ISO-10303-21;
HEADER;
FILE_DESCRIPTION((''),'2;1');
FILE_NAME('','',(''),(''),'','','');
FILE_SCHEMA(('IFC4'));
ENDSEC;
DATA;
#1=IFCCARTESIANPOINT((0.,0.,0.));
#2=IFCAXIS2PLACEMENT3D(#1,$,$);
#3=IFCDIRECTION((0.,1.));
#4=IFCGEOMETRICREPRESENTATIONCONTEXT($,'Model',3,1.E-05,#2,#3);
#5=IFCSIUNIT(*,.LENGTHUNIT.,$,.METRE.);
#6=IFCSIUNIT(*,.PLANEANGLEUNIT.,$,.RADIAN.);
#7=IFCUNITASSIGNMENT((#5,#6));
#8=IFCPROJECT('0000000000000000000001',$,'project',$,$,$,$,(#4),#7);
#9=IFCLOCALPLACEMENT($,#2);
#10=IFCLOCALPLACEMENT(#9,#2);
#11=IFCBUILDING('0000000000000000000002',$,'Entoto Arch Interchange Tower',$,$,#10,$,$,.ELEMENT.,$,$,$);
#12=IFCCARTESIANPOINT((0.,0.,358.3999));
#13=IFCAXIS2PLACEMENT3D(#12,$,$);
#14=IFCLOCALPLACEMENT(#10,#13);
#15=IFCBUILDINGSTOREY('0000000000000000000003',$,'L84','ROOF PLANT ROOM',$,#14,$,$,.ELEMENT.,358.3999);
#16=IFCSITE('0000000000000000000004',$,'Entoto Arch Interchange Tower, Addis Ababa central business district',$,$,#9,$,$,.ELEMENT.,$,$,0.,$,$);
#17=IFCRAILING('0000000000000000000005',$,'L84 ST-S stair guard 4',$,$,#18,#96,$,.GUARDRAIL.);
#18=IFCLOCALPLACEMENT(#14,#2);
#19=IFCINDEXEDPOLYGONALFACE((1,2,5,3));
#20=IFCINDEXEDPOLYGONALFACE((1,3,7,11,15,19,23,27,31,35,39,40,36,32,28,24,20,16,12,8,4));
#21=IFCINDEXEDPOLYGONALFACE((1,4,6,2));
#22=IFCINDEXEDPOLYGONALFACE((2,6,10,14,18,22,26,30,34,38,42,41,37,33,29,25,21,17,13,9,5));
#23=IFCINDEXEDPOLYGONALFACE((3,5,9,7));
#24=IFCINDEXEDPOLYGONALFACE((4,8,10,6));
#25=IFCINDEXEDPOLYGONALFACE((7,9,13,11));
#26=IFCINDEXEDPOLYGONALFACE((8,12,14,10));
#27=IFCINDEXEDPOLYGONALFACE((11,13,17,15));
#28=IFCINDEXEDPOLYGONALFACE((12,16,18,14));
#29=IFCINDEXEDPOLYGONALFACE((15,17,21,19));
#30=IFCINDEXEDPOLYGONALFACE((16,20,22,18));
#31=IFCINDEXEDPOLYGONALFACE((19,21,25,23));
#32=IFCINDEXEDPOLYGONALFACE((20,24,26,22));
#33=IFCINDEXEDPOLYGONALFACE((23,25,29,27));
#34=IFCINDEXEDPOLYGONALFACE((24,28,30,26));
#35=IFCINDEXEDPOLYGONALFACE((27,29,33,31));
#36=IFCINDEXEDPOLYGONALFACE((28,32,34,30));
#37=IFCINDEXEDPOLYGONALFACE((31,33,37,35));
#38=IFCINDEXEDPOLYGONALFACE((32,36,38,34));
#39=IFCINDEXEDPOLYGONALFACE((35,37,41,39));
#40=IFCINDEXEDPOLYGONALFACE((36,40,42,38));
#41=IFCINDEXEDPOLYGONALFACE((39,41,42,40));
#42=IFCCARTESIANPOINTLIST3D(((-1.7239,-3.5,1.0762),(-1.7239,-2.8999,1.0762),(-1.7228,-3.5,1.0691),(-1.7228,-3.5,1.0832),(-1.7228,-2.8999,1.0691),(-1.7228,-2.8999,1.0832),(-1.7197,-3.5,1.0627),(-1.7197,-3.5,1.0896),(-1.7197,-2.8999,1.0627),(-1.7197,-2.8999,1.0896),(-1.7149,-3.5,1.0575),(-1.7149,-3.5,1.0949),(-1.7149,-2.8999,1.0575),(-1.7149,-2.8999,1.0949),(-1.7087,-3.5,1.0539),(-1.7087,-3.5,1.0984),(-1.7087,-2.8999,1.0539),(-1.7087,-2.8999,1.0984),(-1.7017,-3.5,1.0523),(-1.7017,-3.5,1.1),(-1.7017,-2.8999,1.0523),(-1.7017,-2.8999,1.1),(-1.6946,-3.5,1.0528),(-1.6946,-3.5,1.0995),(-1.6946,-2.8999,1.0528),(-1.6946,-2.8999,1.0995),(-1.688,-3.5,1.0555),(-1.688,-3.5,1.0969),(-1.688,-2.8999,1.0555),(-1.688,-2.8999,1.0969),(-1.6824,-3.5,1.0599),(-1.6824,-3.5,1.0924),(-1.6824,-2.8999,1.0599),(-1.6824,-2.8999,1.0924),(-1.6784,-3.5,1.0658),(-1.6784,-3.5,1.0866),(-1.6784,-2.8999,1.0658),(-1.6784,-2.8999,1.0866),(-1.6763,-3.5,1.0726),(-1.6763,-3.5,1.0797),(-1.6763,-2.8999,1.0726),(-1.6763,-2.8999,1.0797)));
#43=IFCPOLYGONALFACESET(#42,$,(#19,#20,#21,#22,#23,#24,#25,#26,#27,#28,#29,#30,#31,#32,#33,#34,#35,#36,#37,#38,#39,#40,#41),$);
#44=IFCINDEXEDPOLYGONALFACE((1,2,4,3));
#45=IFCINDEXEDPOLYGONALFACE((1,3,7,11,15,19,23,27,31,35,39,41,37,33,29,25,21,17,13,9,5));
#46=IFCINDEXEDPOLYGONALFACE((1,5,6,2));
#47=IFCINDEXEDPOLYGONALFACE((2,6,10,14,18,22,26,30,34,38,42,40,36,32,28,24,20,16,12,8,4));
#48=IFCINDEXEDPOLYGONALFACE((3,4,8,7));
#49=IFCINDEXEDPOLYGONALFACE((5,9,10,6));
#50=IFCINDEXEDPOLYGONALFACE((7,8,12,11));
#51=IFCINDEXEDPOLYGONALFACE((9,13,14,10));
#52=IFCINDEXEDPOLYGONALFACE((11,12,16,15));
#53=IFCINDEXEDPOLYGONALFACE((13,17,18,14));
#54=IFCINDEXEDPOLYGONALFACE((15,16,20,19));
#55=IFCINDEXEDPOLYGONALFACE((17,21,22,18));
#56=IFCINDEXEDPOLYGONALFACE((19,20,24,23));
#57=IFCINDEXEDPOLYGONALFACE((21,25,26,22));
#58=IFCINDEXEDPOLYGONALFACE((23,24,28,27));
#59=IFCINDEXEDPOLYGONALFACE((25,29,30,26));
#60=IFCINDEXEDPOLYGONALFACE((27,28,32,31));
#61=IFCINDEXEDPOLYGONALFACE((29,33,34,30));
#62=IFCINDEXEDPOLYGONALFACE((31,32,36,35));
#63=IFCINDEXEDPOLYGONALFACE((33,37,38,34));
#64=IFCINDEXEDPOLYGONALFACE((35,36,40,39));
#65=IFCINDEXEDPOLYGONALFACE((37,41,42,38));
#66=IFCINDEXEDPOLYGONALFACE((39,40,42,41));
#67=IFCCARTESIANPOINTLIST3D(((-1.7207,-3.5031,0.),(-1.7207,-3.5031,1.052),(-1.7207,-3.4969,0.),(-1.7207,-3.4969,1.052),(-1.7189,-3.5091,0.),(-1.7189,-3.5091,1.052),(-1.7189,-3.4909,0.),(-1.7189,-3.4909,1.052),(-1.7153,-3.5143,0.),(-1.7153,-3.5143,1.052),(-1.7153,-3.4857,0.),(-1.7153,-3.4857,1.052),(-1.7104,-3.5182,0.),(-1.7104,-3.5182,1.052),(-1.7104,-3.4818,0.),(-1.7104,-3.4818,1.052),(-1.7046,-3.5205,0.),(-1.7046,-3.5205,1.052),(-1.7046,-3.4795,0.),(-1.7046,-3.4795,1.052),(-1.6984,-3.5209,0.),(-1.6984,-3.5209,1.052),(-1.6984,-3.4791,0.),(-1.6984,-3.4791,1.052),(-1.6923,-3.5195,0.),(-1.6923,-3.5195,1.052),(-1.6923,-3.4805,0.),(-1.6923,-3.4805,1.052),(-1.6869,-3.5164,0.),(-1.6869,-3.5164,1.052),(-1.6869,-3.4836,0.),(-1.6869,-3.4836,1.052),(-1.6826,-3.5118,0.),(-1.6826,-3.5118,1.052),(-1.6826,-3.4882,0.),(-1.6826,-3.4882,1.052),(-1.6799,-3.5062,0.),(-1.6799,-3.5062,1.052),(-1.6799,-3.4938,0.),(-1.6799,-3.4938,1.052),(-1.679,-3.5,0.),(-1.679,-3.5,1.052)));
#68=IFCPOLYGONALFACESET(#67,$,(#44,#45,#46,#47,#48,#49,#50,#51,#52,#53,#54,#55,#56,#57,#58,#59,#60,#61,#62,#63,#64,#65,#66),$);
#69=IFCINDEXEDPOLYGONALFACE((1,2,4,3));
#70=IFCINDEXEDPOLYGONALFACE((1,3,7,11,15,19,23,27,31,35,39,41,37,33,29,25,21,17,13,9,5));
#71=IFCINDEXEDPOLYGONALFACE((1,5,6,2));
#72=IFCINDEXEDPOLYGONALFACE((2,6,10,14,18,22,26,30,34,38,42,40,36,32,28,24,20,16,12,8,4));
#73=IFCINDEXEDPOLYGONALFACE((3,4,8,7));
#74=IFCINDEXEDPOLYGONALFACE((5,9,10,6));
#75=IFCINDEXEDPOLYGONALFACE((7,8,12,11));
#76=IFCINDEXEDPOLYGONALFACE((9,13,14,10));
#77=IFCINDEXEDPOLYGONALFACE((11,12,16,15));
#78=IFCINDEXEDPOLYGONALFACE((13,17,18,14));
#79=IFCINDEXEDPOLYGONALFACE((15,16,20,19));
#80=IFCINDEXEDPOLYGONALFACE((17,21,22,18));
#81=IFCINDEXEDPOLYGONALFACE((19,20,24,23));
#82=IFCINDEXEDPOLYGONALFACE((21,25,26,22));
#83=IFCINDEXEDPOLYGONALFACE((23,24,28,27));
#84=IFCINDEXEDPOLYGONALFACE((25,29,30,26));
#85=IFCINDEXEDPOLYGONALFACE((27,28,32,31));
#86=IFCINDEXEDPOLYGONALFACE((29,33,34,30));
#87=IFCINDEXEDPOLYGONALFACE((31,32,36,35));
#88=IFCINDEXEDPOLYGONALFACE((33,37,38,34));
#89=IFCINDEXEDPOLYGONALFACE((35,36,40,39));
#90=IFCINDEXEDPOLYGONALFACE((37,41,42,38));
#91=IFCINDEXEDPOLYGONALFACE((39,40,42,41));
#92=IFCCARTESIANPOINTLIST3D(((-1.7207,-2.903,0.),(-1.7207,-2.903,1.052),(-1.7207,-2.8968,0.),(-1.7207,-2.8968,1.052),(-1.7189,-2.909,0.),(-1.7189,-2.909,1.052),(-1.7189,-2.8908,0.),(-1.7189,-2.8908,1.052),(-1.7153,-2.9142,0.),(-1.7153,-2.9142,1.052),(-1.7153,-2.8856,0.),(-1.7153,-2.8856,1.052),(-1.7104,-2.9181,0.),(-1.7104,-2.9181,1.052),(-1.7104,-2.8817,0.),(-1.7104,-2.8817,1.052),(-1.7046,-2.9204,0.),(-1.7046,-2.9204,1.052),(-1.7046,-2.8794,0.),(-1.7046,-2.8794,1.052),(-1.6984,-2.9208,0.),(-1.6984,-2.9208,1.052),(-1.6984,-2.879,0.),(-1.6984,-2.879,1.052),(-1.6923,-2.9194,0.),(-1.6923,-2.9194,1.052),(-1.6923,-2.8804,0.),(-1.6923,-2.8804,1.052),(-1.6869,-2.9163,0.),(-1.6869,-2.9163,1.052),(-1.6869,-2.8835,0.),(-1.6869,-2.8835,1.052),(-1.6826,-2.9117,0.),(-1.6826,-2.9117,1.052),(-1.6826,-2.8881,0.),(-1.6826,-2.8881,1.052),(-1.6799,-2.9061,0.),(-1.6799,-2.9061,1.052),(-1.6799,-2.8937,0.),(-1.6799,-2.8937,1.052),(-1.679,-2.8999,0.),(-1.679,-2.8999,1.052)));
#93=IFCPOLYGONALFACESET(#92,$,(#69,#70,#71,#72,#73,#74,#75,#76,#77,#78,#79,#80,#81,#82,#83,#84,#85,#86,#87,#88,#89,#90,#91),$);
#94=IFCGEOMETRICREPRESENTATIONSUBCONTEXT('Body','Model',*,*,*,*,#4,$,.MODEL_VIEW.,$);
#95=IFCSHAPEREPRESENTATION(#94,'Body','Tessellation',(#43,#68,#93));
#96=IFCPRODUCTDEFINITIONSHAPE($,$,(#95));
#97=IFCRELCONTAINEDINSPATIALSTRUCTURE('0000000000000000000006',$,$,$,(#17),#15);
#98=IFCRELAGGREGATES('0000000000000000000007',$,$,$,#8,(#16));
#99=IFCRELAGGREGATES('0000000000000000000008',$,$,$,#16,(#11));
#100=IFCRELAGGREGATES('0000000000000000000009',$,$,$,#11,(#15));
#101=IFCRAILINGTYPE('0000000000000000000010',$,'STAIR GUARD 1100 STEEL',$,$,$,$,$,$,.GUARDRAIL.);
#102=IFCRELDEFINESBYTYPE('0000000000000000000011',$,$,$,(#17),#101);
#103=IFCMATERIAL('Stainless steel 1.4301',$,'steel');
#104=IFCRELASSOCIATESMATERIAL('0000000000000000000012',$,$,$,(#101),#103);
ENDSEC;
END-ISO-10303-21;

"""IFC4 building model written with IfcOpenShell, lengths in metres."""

from ifc_helpers import new_model, si_unit, direction, frame, origin, origin_2d, place, context, subcontext, project, spatial, circle, extrude, material, type_object, element, save


model = new_model("IFC4")

# Units and contexts
model_context = context("Model", 3, precision=1e-05, world=origin(), true_north=direction((0.0, 1.0)))
body_context = subcontext(model_context, "Body", "Model", "MODEL_VIEW")
ifc_project = project(units=[si_unit("LENGTHUNIT", "METRE"), si_unit("PLANEANGLEUNIT", "RADIAN")], contexts=[model_context])

# Site, building, storey
site_placement = place(None, origin())
site = spatial("IfcSite", under=ifc_project, at=site_placement, Name="Entoto Arch Interchange Tower, Addis Ababa central business district", CompositionType="ELEMENT", RefElevation=0.0)
building_placement = place(site_placement, origin())
building = spatial("IfcBuilding", under=site, at=building_placement, Name="Entoto Arch Interchange Tower", CompositionType="ELEMENT")
storey_placement = place(building_placement, frame((0.0, 0.0, 358.3999)))
storey = spatial("IfcBuildingStorey", under=building, at=storey_placement, Name="L84", Description="ROOF PLANT ROOM", CompositionType="ELEMENT", Elevation=358.3999)

# Railing
ifc_material_1 = material(Name="Stainless steel 1.4301", Category="steel")
railing_type = type_object("IfcRailingType", Name="STAIR GUARD 1100 STEEL", PredefinedType="GUARDRAIL", material=ifc_material_1)
railing_1_placement = place(storey_placement, frame((-1.7, -3.5, 0.0)))
element("IfcRailing", 1, at=railing_1_placement, inside=storey, type_object=railing_type, Name="L84 ST-S stair guard 4", PredefinedType="GUARDRAIL", context=body_context, shape_type="SweptSolid", body=[
    extrude(circle(Radius=0.0239, at=origin_2d()), frame((0.0, 0.0, 1.0762), z_axis=(0.0, 1.0, 0.0), x_axis=(-1.0, 0.0, 0.0)), (0.0, 0.0, 1.0), 0.6001),
    extrude(circle(Radius=0.021, at=origin_2d()), origin(), (0.0, 0.0, 1.0), 1.052),
    extrude(circle(Radius=0.021, at=origin_2d()), frame((0.0, 0.6001, 0.0)), (0.0, 0.0, 1.0), 1.052),
])

save(model, "model.ifc")
